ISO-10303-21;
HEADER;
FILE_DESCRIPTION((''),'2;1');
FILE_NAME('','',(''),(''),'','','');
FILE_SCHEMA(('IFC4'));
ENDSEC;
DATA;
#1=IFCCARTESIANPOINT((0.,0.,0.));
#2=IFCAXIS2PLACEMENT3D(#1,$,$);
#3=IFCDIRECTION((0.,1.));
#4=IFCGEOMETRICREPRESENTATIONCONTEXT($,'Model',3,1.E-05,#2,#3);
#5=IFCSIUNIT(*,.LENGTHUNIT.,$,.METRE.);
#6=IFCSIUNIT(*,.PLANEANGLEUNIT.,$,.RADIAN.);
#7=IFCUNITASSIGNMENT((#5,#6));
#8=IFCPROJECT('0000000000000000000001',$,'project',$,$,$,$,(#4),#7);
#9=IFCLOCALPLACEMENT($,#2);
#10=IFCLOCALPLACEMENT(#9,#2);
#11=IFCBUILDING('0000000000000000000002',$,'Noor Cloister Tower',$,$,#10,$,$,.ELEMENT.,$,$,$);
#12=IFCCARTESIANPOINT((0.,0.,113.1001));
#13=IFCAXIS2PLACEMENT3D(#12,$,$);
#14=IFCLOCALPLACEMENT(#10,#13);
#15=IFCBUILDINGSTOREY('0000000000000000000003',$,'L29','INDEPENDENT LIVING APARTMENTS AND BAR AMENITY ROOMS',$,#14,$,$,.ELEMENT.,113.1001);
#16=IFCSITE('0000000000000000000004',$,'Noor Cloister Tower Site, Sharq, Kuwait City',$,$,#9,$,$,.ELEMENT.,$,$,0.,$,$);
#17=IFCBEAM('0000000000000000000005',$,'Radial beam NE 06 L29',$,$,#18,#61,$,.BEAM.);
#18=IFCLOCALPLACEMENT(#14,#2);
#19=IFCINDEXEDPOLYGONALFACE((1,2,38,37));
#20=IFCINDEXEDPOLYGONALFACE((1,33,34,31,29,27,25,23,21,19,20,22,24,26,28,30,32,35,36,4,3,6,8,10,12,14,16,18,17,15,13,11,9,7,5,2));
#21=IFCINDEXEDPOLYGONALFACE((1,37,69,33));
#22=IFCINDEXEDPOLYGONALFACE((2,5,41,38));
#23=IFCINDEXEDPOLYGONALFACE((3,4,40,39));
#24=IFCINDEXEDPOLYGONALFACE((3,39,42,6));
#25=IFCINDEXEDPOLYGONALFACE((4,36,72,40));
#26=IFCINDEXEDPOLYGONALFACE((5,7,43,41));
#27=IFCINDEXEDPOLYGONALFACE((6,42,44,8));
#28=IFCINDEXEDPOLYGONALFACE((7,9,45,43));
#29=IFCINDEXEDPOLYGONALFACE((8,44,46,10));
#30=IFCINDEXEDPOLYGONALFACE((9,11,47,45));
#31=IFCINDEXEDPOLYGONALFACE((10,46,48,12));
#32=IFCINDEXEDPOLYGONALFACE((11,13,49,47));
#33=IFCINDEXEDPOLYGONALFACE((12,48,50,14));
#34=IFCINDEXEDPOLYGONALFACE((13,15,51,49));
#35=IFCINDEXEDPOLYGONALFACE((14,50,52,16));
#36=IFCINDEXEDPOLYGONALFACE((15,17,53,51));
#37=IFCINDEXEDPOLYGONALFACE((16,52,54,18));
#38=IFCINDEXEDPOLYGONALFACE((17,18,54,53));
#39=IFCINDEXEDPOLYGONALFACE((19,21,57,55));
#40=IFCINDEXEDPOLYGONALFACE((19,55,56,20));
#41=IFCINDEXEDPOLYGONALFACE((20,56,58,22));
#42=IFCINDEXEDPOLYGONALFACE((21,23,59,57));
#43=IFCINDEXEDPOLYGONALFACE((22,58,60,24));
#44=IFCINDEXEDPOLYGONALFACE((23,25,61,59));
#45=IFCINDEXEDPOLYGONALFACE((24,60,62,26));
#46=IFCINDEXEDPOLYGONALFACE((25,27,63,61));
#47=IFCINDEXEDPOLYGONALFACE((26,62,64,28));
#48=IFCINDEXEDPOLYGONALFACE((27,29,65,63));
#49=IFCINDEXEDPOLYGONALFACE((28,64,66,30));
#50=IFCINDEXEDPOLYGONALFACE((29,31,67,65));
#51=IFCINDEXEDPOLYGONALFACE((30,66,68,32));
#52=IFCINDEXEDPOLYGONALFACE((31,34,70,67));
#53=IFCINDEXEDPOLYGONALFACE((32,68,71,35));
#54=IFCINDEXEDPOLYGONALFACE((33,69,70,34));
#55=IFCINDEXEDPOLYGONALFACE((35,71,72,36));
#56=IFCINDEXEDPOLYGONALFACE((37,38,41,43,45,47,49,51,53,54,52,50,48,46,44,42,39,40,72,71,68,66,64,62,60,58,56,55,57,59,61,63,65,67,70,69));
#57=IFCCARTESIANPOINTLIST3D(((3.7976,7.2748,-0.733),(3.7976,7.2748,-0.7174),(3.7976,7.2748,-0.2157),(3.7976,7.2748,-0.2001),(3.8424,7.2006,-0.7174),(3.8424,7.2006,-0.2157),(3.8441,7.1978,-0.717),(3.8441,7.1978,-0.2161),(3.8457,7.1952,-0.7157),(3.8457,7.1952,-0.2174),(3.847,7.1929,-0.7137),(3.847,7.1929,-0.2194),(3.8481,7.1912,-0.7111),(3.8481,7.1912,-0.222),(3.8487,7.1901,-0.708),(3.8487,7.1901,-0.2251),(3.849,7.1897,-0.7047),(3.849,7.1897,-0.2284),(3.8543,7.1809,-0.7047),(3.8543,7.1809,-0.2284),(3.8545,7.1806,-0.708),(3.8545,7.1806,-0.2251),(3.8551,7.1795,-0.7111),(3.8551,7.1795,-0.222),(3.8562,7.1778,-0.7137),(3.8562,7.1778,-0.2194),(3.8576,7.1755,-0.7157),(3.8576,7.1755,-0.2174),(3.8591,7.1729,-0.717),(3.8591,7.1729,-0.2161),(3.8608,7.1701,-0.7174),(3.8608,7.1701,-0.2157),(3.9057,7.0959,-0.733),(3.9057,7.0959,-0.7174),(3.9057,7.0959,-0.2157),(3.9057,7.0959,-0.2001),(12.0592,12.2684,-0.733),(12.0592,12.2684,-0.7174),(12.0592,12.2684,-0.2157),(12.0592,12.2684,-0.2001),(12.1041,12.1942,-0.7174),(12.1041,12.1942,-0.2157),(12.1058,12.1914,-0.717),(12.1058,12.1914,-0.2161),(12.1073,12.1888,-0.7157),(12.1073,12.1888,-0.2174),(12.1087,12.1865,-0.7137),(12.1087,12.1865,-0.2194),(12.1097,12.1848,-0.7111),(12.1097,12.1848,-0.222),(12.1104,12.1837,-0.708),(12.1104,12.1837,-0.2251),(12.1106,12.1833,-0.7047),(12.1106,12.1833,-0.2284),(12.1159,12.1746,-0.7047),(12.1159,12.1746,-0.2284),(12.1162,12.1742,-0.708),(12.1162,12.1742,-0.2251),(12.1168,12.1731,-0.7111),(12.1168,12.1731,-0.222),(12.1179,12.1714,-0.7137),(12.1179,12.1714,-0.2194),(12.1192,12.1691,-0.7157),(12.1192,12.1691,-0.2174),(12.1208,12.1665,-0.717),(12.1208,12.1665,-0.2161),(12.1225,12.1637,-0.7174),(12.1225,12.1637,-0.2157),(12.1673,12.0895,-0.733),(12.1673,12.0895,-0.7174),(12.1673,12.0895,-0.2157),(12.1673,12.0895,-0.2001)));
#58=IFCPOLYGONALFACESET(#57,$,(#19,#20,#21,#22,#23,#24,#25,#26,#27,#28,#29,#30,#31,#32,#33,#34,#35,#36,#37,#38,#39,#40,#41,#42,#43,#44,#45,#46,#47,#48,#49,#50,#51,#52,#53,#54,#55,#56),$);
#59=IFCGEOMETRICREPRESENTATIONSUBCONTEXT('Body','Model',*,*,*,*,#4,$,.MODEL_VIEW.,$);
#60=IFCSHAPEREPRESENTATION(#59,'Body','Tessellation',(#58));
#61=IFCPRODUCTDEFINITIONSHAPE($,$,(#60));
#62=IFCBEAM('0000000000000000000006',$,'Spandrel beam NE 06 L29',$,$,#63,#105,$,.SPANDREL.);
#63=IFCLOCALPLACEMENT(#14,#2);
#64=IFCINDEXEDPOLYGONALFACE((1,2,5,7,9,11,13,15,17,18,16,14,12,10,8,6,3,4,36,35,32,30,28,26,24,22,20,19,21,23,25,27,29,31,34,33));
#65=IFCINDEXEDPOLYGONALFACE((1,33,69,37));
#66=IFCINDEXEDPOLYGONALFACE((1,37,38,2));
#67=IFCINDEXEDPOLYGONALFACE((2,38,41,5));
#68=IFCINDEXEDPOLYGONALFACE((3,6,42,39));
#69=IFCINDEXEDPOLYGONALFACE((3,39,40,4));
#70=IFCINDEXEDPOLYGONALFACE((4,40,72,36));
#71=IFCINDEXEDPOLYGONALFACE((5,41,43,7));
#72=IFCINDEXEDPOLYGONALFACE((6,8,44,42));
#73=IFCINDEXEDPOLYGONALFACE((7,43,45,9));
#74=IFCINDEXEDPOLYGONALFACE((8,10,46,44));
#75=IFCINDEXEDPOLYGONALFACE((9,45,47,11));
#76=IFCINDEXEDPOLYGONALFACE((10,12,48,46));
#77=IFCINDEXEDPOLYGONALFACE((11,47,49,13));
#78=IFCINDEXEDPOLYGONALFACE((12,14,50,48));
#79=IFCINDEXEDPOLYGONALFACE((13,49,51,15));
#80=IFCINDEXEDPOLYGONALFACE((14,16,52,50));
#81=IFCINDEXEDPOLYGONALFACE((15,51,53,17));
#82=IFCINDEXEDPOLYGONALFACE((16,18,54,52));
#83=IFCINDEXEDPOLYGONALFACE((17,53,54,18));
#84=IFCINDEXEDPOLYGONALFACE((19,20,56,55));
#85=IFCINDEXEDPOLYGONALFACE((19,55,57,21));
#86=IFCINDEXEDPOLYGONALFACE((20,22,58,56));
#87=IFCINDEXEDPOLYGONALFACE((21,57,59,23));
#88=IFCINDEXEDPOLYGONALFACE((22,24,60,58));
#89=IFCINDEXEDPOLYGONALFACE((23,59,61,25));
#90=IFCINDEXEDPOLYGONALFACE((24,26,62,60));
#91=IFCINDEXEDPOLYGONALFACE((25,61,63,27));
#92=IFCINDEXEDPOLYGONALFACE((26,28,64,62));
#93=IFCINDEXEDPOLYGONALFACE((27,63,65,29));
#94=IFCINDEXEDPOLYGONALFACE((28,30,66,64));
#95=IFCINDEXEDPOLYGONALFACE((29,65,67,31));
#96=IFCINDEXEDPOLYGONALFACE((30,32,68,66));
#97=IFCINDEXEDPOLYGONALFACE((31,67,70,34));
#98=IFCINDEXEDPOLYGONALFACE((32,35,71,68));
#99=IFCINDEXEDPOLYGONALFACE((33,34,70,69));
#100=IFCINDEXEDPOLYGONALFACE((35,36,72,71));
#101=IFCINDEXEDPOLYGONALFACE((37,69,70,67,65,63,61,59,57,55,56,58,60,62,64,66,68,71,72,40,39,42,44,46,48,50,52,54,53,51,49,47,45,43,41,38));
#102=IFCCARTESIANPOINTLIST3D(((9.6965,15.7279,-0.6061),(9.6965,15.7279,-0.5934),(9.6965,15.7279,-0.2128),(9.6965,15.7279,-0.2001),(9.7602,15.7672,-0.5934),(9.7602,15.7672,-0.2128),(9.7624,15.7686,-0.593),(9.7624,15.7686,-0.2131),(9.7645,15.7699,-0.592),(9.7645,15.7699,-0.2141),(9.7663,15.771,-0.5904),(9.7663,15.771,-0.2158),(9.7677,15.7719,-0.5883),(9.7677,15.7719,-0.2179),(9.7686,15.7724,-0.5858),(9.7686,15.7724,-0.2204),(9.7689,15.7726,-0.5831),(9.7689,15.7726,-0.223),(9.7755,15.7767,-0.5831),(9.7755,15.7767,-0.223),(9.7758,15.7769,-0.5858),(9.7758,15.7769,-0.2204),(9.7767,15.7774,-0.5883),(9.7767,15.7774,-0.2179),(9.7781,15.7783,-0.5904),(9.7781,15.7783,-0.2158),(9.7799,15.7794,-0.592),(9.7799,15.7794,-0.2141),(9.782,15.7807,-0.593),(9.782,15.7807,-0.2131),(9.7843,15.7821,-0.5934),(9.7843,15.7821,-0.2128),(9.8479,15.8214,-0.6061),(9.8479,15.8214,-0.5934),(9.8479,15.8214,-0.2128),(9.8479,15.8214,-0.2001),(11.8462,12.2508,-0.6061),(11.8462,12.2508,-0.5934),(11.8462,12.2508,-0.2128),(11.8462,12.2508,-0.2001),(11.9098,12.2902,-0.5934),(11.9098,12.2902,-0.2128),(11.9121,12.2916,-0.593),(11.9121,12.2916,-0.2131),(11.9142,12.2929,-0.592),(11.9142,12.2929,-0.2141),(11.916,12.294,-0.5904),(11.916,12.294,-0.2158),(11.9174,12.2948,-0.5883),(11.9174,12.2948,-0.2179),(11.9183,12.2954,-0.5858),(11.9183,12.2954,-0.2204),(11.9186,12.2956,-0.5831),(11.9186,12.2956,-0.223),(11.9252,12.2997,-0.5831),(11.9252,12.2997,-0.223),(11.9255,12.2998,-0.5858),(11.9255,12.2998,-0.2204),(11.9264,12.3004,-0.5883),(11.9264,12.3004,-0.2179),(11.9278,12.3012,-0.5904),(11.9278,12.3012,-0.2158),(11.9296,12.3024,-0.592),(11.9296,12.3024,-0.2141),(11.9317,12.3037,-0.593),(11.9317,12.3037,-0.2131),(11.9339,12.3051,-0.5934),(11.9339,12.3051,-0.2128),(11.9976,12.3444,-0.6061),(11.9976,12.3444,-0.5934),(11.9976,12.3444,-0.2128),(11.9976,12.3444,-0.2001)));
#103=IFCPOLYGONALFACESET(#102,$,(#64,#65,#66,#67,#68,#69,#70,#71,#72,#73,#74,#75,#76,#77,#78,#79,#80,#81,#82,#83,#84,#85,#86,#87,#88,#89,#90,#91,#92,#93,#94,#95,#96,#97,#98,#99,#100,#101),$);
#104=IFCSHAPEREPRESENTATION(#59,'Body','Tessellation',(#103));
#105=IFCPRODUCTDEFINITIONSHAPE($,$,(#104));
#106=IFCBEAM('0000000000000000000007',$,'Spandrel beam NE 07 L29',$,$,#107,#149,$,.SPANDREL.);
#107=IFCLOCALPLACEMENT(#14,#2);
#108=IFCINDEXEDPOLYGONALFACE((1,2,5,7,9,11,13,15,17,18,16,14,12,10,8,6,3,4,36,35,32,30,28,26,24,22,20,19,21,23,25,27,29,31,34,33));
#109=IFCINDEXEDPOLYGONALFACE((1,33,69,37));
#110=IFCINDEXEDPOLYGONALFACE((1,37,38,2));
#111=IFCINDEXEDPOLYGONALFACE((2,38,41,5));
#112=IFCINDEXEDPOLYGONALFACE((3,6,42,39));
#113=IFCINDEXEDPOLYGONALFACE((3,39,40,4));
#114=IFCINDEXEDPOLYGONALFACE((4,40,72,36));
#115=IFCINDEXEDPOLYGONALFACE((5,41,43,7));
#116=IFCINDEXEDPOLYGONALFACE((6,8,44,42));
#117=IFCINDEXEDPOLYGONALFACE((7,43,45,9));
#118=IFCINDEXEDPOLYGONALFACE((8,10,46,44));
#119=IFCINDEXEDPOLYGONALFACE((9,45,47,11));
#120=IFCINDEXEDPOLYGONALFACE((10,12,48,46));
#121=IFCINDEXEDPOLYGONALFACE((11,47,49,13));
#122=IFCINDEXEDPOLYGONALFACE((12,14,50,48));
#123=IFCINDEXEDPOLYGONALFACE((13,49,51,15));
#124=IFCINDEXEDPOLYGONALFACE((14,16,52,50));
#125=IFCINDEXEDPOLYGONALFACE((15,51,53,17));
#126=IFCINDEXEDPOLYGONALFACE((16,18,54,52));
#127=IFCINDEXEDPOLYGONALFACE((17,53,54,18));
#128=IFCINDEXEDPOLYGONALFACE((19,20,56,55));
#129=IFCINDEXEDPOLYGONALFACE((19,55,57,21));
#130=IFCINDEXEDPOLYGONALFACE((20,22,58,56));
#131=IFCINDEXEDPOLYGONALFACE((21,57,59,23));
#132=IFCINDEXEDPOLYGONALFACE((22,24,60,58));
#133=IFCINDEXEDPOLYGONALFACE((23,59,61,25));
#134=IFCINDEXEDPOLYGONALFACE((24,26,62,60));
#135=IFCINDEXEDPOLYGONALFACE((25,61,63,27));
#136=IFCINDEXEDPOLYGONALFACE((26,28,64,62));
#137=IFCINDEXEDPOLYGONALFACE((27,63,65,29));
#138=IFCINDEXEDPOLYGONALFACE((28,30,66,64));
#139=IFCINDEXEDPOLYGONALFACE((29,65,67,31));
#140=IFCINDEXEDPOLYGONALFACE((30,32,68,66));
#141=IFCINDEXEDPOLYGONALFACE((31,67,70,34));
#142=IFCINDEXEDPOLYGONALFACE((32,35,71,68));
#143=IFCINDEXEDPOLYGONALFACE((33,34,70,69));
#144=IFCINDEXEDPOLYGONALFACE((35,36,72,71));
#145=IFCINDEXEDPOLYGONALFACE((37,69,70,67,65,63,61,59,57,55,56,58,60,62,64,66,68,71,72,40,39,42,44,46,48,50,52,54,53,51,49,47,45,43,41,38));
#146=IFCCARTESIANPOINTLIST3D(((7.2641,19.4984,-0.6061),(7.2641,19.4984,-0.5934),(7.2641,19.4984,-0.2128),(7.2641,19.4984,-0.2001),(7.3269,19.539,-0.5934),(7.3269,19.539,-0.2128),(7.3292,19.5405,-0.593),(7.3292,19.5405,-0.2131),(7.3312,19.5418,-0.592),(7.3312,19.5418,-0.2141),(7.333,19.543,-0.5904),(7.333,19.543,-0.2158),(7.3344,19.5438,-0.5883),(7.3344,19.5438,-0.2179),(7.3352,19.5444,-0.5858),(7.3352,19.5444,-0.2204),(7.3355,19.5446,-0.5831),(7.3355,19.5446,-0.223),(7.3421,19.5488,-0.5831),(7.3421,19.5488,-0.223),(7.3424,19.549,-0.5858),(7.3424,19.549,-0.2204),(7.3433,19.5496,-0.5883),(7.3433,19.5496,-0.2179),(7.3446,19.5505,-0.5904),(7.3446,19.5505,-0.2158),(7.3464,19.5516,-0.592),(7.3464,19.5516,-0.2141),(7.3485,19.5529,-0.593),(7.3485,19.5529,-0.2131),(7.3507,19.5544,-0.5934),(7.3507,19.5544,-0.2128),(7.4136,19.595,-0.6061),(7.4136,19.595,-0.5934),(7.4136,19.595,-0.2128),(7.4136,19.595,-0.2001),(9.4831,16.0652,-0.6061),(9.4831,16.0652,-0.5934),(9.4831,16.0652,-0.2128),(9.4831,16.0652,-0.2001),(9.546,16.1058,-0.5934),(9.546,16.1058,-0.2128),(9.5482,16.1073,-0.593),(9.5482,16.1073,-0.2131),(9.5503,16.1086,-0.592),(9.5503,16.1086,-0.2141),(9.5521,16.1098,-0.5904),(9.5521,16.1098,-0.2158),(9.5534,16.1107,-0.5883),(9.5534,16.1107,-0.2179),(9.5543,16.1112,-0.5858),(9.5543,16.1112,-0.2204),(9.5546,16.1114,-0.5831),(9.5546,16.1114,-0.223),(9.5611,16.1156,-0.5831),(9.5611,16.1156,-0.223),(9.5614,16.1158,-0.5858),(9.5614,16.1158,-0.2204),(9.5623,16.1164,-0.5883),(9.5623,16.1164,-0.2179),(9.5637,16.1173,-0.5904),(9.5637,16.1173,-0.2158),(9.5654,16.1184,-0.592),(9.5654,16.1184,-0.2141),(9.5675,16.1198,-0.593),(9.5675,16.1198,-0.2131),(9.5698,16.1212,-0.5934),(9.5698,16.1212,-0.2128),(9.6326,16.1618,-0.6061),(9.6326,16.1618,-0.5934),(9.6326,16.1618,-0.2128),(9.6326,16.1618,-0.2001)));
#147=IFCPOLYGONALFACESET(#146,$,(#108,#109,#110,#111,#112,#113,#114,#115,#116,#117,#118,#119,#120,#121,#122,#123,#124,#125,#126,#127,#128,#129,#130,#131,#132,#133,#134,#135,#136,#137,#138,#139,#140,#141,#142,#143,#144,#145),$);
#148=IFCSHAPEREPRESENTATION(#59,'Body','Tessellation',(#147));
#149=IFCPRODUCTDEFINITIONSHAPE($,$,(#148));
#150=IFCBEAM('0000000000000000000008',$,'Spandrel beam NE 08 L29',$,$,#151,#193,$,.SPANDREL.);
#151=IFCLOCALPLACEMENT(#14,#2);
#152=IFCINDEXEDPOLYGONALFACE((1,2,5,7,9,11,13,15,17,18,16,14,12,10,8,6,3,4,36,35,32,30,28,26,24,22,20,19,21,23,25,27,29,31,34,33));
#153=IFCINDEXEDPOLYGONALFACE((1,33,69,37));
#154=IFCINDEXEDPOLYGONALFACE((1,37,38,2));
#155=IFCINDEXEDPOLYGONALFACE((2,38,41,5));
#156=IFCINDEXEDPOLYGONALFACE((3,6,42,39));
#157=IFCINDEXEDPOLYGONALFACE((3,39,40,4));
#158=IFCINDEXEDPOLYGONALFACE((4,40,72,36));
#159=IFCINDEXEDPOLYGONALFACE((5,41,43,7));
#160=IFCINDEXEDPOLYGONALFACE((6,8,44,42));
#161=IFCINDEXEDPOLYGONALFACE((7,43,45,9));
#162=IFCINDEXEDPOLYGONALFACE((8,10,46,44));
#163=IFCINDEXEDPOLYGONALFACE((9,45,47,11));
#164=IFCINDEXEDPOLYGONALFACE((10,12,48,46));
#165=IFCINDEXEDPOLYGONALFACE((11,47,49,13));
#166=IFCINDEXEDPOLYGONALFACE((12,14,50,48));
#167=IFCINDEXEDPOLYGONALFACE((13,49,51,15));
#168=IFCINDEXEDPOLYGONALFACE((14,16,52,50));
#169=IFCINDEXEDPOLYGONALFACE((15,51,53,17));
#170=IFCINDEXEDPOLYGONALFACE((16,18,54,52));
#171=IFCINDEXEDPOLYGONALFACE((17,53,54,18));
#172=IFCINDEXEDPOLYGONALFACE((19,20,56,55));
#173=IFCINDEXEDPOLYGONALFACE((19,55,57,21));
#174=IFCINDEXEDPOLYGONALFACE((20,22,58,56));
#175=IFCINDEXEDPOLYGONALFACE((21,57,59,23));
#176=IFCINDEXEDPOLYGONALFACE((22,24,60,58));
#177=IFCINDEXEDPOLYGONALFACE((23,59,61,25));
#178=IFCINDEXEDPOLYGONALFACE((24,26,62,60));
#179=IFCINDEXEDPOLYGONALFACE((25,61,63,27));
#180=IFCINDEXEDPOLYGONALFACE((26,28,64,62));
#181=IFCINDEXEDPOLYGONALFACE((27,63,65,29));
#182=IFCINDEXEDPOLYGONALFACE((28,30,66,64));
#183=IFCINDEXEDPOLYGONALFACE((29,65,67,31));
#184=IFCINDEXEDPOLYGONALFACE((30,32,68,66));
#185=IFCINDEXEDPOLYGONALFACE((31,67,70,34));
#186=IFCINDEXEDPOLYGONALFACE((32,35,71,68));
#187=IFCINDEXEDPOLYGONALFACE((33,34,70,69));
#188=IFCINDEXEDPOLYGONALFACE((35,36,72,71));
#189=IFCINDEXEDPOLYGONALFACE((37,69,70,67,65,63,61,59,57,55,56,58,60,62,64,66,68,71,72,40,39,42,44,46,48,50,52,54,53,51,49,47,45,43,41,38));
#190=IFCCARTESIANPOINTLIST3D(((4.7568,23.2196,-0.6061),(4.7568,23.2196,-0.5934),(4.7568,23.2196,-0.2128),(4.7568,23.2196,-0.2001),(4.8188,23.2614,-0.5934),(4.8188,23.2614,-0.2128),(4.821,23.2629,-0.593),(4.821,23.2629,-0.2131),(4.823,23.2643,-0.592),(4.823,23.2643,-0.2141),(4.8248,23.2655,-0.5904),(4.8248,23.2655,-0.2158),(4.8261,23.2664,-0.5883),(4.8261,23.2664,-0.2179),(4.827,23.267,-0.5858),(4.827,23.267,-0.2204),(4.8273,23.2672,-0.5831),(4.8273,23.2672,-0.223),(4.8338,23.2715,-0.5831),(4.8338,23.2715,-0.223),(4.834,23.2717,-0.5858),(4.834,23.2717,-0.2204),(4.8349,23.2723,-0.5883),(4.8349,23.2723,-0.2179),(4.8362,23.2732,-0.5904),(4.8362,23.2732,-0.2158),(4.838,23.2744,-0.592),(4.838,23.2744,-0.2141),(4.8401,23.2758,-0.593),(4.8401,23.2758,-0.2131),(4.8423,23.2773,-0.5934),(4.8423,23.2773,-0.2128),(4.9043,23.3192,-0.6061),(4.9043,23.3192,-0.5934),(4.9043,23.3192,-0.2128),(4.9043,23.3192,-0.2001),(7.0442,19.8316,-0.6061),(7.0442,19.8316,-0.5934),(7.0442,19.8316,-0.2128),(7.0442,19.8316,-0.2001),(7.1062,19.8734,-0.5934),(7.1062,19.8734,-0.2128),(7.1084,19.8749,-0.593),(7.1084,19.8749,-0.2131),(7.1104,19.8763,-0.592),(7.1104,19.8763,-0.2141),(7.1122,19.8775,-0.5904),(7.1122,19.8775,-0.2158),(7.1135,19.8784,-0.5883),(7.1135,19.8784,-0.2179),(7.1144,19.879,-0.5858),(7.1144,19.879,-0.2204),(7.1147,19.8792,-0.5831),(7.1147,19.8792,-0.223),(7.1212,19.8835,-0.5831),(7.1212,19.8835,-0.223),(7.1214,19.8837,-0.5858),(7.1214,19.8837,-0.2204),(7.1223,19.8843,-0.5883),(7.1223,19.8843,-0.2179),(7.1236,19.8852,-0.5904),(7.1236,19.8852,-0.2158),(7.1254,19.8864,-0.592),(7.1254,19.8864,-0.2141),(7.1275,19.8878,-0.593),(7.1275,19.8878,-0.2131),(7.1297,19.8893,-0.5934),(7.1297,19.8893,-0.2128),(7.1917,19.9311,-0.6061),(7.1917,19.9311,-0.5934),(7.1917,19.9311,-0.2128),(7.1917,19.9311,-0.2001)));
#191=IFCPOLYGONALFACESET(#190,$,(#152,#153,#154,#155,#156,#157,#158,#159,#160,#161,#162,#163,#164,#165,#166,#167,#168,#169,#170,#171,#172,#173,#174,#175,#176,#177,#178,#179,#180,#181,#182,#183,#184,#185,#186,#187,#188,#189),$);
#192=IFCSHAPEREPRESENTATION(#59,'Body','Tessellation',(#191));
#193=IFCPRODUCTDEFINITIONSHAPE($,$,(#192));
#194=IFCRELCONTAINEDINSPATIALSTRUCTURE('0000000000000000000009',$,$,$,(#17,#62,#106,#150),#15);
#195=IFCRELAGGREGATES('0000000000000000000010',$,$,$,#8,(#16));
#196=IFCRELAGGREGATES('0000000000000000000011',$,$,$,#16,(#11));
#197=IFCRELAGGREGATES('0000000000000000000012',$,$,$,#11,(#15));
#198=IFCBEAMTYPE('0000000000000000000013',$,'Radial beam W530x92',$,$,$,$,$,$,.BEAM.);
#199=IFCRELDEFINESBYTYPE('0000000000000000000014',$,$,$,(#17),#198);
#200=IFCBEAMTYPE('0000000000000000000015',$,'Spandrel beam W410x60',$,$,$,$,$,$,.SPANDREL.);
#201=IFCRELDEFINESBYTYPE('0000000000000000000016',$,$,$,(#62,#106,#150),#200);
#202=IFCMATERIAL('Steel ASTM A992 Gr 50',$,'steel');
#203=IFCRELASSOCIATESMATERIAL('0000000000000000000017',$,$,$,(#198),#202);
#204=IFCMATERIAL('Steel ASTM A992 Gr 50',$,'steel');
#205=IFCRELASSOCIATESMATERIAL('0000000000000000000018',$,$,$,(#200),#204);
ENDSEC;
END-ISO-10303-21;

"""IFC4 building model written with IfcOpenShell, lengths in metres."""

from ifc_helpers import new_model, si_unit, direction, frame, origin, origin_2d, place, context, subcontext, project, spatial, i_section, extrude, material, material_profile, profile_set, type_object, element, save


model = new_model("IFC4")

# Units and contexts
model_context = context("Model", 3, precision=1e-05, world=origin(), true_north=direction((0.0, 1.0)))
body_context = subcontext(model_context, "Body", "Model", "MODEL_VIEW")
ifc_project = project(units=[si_unit("LENGTHUNIT", "METRE"), si_unit("PLANEANGLEUNIT", "RADIAN")], contexts=[model_context])

# Site, building, storey
site_placement = place(None, origin())
site = spatial("IfcSite", under=ifc_project, at=site_placement, Name="Noor Cloister Tower Site, Sharq, Kuwait City", CompositionType="ELEMENT", RefElevation=0.0)
building_placement = place(site_placement, origin())
building = spatial("IfcBuilding", under=site, at=building_placement, Name="Noor Cloister Tower", CompositionType="ELEMENT")
storey_placement = place(building_placement, frame((0.0, 0.0, 113.1001)))
storey = spatial("IfcBuildingStorey", under=building, at=storey_placement, Name="L29", Description="INDEPENDENT LIVING APARTMENTS AND BAR AMENITY ROOMS", CompositionType="ELEMENT", Elevation=113.1001)

# Beams
ifc_material_1 = material(Name="Steel ASTM A992 Gr 50", Category="steel")
ifc_material_profile_1 = material_profile(ifc_material_1, i_section(OverallWidth=0.209, OverallDepth=0.533, WebThickness=0.0103, FlangeThickness=0.0156, FilletRadius=0.0127, at=origin_2d()), Name="W530x92")
ifc_profile_set_1 = profile_set([ifc_material_profile_1], Name="Steel ASTM A992 Gr 50")
beam_type_1 = type_object("IfcBeamType", Name="Radial beam W530x92", PredefinedType="BEAM", material=ifc_profile_set_1)
beam_1_placement = place(storey_placement, frame((12.1133, 12.179, -0.4666), z_axis=(-0.855815, -0.517282, 0.0), x_axis=(0.517282, -0.855815, 0.0)))
element("IfcBeam", 1, at=beam_1_placement, inside=storey, type_object=beam_type_1, Name="Radial beam NE 06 L29", PredefinedType="BEAM", context=body_context, shape_type="SweptSolid", body=[
    extrude(i_section(OverallWidth=0.209, OverallDepth=0.533, WebThickness=0.0103, FlangeThickness=0.0156, FilletRadius=0.0127, at=origin_2d()), origin(), (0.0, 0.0, 1.0), 9.6536),
])
ifc_material_2 = material(Name="Steel ASTM A992 Gr 50", Category="steel")
ifc_material_profile_2 = material_profile(ifc_material_2, i_section(OverallWidth=0.178, OverallDepth=0.406, WebThickness=0.0078, FlangeThickness=0.0127, FilletRadius=0.0103, at=origin_2d()), Name="W410x60")
ifc_profile_set_2 = profile_set([ifc_material_profile_2], Name="Steel ASTM A992 Gr 50")
beam_type_2 = type_object("IfcBeamType", Name="Spandrel beam W410x60", PredefinedType="SPANDREL", material=ifc_profile_set_2)
for number, where, z_axis, x_axis, name in (
    (2, (11.9219, 12.2976, -0.4031), (-0.525859, 0.850572, 0.0), (-0.850572, -0.525859, 0.0), "Spandrel beam NE 06 L29"),
    (3, (9.5579, 16.1135, -0.4031), (-0.542833, 0.839841, 0.0), (-0.839841, -0.542833, 0.0), "Spandrel beam NE 07 L29"),
    (4, (7.1179, 19.8813, -0.4031), (-0.559556, 0.828793, 0.0), (-0.828793, -0.559556, 0.0), "Spandrel beam NE 08 L29"),
):
    element("IfcBeam", number, at=place(storey_placement, frame(where, z_axis=z_axis, x_axis=x_axis)), inside=storey, type_object=beam_type_2, Name=name, PredefinedType="SPANDREL", context=body_context, shape_type="SweptSolid", body=[
        extrude(i_section(OverallWidth=0.178, OverallDepth=0.406, WebThickness=0.0078, FlangeThickness=0.0127, FilletRadius=0.0103, at=origin_2d()), origin(), (0.0, 0.0, 1.0), 4.0879),
    ])

save(model, "model.ifc")
